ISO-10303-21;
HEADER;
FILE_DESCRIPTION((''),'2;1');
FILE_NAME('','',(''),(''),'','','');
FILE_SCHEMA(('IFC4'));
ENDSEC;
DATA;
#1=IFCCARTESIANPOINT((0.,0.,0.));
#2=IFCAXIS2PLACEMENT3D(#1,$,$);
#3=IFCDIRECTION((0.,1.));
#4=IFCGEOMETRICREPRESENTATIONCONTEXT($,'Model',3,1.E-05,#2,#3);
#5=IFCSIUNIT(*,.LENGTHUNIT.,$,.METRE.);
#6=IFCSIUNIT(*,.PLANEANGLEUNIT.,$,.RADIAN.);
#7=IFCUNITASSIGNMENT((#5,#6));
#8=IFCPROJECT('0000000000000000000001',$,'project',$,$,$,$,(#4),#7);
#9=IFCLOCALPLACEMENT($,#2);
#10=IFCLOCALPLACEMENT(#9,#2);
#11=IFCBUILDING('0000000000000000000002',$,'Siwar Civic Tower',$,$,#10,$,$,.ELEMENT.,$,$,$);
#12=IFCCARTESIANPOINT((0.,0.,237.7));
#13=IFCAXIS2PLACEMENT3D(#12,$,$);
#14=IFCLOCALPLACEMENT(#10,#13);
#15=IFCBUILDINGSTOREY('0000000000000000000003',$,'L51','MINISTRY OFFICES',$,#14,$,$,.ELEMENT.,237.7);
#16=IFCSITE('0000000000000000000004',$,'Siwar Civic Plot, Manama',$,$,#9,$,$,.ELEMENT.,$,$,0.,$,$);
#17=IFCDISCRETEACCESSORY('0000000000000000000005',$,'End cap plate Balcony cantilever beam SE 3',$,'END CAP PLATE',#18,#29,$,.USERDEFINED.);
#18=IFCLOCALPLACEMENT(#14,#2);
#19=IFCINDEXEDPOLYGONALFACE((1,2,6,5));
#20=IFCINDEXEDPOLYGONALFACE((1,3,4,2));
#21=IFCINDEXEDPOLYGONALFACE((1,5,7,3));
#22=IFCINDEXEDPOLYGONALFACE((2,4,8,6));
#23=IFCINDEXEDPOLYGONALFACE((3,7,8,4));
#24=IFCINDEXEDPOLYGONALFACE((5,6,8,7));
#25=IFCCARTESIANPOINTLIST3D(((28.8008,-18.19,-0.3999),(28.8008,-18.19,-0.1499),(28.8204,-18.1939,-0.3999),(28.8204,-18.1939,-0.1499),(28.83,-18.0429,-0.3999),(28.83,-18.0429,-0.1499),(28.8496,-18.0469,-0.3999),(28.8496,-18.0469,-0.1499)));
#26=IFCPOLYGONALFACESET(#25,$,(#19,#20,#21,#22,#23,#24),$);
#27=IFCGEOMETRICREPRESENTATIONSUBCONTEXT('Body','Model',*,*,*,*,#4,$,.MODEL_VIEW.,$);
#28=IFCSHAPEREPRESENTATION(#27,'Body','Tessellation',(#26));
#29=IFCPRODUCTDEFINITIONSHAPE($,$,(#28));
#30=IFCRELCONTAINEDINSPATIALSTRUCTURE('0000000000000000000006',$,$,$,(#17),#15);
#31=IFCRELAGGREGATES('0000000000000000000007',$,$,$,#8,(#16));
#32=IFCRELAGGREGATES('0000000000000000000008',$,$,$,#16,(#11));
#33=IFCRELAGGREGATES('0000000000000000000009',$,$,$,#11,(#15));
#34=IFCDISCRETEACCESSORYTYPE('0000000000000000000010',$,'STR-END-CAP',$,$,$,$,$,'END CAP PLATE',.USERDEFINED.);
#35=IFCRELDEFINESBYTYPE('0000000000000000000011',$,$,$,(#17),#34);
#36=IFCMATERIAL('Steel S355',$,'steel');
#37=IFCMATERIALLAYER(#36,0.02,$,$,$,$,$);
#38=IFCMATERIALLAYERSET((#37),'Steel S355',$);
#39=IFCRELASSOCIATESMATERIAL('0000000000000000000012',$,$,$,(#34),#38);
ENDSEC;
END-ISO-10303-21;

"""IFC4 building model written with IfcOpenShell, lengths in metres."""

from ifc_helpers import new_model, si_unit, direction, frame, origin, origin_2d, place, context, subcontext, project, spatial, rectangle, extrude, material, layer, layer_set, type_object, element, save


model = new_model("IFC4")

# Units and contexts
model_context = context("Model", 3, precision=1e-05, world=origin(), true_north=direction((0.0, 1.0)))
body_context = subcontext(model_context, "Body", "Model", "MODEL_VIEW")
ifc_project = project(units=[si_unit("LENGTHUNIT", "METRE"), si_unit("PLANEANGLEUNIT", "RADIAN")], contexts=[model_context])

# Site, building, storey
site_placement = place(None, origin())
site = spatial("IfcSite", under=ifc_project, at=site_placement, Name="Siwar Civic Plot, Manama", CompositionType="ELEMENT", RefElevation=0.0)
building_placement = place(site_placement, origin())
building = spatial("IfcBuilding", under=site, at=building_placement, Name="Siwar Civic Tower", CompositionType="ELEMENT")
storey_placement = place(building_placement, frame((0.0, 0.0, 237.7)))
storey = spatial("IfcBuildingStorey", under=building, at=storey_placement, Name="L51", Description="MINISTRY OFFICES", CompositionType="ELEMENT", Elevation=237.7)

# Discrete accessory
ifc_material_1 = material(Name="Steel S355", Category="steel")
ifc_layer_1 = layer(ifc_material_1, 0.02)
ifc_layer_set_1 = layer_set([ifc_layer_1], Name="Steel S355")
discrete_accessory_type_1 = type_object("IfcDiscreteAccessoryType", Name="STR-END-CAP", ElementType="END CAP PLATE", PredefinedType="USERDEFINED", material=ifc_layer_set_1)
discrete_accessory_1_placement = place(storey_placement, frame((28.8252, -18.1184, -0.3999), z_axis=(0.0, 0.0, 1.0), x_axis=(0.980785, -0.19509, 0.0)))
element("IfcDiscreteAccessory", 1, at=discrete_accessory_1_placement, inside=storey, type_object=discrete_accessory_type_1, Name="End cap plate Balcony cantilever beam SE 3", ObjectType="END CAP PLATE", PredefinedType="USERDEFINED", context=body_context, shape_type="SweptSolid", body=[
    extrude(rectangle(XDim=0.02, YDim=0.1499, at=origin_2d()), origin(), (0.0, 0.0, 1.0), 0.25),
])

save(model, "model.ifc")
